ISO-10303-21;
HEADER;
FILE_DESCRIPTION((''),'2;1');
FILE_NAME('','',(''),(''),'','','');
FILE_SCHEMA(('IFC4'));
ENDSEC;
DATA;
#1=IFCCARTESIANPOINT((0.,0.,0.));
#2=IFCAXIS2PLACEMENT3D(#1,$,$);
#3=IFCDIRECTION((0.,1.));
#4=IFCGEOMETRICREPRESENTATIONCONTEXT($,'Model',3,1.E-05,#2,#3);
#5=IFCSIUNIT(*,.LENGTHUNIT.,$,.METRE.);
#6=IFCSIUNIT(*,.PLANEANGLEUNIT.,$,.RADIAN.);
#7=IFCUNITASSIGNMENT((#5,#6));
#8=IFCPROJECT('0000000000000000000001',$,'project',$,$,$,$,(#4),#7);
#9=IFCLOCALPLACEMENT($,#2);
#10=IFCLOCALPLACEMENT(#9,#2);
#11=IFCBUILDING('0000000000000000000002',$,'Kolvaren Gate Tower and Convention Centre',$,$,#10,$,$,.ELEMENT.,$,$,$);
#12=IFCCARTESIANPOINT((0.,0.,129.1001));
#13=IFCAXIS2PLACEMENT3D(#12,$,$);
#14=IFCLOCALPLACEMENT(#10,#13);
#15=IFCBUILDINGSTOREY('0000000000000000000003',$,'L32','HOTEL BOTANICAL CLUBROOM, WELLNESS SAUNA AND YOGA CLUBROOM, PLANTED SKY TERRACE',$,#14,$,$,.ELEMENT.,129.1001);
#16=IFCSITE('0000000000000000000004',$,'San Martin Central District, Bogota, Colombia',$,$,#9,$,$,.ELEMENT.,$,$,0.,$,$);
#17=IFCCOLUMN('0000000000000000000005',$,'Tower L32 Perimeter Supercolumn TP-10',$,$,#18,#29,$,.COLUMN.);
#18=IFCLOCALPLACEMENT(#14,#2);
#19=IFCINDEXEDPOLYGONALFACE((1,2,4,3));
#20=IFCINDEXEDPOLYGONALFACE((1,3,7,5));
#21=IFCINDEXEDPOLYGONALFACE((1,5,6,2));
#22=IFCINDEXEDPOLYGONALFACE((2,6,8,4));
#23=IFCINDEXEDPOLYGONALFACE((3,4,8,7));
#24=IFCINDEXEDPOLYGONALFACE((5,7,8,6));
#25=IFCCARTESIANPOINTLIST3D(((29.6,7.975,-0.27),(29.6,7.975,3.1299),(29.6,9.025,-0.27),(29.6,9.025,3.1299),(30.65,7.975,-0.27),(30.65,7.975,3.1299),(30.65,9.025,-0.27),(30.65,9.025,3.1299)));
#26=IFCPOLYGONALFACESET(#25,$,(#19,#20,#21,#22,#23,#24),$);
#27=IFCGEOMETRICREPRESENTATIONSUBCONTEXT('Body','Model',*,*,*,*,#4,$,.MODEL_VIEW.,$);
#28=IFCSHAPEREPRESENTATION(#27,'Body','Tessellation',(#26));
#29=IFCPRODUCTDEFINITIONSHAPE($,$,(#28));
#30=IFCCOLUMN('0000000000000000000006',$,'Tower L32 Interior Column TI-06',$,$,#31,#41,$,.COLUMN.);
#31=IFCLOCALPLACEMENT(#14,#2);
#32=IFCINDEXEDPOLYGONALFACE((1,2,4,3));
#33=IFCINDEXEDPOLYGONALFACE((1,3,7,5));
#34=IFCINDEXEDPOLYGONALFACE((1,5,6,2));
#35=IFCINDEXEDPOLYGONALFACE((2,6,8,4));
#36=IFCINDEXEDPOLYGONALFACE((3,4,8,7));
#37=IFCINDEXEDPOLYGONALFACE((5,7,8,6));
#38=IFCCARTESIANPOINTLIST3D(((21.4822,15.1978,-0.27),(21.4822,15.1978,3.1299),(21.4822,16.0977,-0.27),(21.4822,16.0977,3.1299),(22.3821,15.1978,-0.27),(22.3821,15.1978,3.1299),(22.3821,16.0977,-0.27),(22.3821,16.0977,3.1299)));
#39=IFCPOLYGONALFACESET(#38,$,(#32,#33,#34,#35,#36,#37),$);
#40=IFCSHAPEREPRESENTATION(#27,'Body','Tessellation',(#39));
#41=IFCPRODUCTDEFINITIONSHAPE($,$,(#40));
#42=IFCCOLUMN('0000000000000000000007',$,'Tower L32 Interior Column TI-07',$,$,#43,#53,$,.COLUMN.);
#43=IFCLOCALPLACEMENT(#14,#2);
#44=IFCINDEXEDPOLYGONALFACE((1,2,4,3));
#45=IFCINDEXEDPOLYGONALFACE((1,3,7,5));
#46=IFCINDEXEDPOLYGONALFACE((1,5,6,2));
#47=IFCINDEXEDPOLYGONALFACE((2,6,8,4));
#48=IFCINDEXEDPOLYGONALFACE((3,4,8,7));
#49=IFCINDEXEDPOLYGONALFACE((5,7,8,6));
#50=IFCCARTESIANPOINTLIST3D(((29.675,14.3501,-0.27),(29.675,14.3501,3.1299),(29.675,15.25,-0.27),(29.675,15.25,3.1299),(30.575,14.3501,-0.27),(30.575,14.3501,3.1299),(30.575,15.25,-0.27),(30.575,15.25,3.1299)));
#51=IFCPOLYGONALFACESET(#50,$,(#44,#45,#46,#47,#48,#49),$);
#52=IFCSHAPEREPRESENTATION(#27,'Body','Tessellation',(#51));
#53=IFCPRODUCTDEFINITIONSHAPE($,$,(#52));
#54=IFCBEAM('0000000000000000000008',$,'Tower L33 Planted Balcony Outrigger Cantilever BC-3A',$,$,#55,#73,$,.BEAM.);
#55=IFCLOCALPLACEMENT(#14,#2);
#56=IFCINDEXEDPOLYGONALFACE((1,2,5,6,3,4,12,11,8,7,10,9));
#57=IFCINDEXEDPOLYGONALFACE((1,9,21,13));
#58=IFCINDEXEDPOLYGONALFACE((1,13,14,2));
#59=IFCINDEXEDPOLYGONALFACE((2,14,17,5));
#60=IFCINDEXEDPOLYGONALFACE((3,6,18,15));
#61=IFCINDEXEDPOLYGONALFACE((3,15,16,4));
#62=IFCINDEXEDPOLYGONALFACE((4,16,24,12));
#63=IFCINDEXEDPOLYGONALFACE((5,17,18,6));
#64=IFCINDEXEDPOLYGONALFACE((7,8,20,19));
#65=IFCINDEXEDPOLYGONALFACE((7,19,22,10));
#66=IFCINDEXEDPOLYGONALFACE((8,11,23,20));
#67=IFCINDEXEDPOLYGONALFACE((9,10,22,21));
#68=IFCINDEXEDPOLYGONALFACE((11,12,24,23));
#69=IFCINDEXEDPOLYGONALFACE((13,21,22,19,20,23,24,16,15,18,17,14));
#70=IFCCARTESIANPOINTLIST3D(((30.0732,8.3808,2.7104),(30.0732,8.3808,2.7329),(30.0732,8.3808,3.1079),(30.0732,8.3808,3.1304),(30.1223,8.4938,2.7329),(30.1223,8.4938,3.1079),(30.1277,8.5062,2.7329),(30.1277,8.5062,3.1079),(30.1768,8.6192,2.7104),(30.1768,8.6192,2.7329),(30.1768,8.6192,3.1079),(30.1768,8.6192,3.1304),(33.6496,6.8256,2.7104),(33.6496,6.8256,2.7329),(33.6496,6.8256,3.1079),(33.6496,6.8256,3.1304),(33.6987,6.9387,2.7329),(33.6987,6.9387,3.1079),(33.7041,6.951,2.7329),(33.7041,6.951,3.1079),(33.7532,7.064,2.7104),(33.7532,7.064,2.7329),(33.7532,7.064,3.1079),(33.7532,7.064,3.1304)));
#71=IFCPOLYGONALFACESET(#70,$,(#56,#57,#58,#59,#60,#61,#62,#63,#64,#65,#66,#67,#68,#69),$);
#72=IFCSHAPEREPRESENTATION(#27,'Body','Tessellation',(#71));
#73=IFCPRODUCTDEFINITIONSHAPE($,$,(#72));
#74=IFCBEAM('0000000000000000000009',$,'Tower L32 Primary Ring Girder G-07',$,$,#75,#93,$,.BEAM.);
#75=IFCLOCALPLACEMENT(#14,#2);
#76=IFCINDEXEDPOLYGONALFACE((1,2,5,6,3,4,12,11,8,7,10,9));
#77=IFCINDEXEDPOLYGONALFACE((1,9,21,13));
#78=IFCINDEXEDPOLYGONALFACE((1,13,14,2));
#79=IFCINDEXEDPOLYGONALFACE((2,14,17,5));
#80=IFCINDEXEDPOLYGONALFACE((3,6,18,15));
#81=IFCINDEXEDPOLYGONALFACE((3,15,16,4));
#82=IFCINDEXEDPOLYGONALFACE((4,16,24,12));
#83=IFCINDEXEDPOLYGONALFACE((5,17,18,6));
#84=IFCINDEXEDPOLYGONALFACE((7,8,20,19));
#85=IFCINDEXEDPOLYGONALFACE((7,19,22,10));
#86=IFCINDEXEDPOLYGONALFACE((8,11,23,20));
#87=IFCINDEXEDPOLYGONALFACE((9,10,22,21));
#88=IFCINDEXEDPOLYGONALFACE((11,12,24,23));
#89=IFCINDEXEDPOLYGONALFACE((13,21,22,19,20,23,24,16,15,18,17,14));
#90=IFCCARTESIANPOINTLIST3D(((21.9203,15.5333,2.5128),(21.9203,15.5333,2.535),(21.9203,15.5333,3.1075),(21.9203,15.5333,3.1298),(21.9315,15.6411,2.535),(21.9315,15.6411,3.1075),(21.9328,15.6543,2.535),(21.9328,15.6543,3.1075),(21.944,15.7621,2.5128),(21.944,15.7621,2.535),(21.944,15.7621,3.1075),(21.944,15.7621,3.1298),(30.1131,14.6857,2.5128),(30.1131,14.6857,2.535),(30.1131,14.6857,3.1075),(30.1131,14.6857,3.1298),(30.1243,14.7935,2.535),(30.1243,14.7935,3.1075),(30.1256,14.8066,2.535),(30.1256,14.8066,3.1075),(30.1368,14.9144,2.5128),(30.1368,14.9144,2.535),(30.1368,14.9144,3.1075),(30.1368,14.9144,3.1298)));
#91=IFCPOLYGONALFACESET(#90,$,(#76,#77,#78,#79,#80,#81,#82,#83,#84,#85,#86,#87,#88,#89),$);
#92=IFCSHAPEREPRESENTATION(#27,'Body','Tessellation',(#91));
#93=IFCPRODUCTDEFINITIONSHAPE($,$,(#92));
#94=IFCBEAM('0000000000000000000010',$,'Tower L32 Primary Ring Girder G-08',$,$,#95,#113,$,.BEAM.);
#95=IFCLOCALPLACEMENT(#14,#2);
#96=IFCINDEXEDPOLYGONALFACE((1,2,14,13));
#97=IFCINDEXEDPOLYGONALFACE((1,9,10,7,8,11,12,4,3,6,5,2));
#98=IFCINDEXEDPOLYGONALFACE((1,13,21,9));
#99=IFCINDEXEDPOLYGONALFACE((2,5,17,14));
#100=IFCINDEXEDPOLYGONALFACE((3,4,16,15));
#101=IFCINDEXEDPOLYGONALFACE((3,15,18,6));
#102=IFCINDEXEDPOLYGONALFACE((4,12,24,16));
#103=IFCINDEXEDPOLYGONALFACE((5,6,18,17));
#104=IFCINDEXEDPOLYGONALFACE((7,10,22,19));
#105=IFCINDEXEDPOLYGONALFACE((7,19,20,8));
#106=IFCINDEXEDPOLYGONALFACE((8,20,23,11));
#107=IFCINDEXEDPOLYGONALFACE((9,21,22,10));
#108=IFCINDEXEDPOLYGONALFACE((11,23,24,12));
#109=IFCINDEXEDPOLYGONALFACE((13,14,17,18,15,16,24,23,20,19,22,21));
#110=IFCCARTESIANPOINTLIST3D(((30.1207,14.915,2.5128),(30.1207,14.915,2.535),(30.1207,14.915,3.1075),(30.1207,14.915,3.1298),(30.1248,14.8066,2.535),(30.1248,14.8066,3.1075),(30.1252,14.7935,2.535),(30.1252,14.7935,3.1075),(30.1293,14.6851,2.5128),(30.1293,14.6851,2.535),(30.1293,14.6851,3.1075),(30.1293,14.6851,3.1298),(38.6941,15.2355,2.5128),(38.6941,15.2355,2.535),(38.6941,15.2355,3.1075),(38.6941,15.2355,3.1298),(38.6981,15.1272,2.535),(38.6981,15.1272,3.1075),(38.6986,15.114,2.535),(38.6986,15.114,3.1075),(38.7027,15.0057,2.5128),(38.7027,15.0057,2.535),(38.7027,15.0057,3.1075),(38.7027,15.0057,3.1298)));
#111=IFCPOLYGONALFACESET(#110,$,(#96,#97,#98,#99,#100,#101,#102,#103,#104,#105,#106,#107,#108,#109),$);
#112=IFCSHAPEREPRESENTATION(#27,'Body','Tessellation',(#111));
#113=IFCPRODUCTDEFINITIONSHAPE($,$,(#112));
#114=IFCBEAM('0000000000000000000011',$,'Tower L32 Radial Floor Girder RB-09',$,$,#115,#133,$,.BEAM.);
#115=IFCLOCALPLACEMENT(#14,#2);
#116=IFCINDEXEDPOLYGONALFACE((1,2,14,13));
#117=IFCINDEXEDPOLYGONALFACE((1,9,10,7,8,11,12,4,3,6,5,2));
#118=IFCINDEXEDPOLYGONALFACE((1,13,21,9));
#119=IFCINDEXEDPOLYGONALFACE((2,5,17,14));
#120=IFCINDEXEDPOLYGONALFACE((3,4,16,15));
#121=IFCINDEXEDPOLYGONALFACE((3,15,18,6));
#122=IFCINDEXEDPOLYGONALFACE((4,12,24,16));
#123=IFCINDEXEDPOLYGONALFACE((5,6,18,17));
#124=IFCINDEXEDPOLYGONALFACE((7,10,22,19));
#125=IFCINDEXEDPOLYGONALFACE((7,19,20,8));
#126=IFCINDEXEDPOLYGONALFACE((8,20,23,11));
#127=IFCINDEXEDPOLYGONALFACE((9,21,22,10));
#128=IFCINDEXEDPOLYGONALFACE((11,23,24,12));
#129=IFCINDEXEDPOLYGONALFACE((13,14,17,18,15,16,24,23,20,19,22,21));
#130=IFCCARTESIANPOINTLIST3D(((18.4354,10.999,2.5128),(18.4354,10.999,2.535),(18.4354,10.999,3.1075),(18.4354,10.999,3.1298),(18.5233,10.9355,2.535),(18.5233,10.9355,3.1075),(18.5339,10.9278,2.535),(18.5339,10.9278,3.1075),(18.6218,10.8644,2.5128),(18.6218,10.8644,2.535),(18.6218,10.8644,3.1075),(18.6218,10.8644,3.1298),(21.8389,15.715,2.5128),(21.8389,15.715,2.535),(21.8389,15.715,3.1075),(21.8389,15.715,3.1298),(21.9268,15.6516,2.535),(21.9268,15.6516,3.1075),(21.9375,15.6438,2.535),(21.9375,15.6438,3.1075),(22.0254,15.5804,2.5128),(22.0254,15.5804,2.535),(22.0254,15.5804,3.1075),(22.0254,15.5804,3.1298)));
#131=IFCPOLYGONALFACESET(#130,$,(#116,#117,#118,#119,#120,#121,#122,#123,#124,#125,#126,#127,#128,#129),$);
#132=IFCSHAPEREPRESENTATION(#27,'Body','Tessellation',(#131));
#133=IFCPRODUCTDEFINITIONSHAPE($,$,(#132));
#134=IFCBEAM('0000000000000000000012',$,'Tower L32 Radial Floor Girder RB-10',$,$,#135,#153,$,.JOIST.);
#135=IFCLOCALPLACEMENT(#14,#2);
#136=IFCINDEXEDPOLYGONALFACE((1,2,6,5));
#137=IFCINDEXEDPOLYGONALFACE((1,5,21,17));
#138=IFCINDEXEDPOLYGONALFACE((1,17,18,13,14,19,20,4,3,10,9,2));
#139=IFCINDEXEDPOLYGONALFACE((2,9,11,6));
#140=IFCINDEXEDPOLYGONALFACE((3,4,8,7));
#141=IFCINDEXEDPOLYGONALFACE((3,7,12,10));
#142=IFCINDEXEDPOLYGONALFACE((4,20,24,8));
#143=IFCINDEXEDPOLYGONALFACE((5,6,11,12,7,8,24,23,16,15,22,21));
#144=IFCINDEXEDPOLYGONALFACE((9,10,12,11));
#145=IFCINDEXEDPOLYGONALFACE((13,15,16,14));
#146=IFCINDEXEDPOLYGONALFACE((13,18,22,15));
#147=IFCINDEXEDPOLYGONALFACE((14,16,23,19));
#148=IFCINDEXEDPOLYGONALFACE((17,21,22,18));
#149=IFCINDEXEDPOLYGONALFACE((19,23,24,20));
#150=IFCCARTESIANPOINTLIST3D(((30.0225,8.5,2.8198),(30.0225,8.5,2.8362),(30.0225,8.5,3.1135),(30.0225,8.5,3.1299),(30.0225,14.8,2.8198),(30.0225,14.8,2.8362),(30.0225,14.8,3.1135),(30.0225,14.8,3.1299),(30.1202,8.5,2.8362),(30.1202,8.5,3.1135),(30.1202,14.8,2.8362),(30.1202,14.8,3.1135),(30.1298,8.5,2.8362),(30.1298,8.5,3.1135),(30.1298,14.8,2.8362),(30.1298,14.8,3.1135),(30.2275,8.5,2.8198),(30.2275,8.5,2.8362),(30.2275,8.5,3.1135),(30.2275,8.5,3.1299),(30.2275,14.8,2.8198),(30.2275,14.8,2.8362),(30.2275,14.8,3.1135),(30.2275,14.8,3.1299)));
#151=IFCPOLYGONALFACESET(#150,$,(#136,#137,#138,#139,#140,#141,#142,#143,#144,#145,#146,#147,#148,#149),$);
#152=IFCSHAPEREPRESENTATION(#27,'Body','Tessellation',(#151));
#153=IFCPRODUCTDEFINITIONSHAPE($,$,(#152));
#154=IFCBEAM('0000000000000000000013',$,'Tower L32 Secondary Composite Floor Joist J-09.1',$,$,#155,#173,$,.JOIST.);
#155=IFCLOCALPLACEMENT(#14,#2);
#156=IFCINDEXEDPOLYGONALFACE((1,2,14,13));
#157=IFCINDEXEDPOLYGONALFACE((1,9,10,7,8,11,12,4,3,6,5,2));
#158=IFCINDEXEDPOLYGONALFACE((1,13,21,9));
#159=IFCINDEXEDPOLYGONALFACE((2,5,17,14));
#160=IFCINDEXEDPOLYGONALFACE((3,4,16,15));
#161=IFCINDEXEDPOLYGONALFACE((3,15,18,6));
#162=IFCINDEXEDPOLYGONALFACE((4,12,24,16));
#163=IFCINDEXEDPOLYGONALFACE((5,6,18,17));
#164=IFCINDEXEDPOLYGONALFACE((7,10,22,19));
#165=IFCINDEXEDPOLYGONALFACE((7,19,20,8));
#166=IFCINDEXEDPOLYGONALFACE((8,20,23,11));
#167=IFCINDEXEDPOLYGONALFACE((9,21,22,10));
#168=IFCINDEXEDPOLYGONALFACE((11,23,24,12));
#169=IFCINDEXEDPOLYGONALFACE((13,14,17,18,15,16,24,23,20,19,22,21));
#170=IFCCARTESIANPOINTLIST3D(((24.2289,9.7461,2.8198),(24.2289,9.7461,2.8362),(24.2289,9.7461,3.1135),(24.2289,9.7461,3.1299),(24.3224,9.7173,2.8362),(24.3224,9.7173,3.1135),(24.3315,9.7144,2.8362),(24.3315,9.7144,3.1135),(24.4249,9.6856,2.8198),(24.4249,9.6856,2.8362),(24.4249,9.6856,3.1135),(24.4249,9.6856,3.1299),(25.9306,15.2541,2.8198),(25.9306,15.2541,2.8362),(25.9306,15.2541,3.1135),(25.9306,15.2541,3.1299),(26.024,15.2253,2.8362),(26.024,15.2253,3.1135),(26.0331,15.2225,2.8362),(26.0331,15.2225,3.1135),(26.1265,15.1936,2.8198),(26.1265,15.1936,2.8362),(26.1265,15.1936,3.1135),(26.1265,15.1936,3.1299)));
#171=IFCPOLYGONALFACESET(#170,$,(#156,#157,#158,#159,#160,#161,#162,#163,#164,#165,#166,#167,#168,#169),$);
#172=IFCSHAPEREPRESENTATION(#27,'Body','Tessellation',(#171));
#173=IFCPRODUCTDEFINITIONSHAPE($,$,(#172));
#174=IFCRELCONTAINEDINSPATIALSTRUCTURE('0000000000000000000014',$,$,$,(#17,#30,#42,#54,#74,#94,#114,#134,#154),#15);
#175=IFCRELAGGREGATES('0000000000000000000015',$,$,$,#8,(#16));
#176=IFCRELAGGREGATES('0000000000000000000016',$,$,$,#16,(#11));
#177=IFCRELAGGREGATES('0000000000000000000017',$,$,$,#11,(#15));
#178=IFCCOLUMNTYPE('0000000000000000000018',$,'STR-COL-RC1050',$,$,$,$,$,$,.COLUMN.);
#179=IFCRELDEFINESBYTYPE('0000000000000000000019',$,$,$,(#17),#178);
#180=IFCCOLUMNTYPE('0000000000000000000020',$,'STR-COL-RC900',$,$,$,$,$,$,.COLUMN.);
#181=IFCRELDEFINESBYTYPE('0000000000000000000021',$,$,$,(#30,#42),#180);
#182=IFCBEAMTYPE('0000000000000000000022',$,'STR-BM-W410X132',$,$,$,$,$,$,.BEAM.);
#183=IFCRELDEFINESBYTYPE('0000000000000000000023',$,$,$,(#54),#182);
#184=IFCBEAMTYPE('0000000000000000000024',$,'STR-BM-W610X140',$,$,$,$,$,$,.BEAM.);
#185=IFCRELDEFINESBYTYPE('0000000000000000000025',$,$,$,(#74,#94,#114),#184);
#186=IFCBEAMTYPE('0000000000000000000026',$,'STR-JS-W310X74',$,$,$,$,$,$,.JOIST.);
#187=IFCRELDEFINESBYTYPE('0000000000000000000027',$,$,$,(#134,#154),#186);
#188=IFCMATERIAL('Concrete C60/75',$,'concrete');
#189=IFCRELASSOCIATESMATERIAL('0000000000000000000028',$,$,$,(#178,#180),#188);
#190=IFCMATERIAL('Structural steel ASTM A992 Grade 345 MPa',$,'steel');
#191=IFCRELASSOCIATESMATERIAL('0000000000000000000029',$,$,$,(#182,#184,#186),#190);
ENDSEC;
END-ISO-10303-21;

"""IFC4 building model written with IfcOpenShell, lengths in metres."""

from ifc_helpers import new_model, si_unit, direction, frame, origin, origin_2d, place, context, subcontext, project, spatial, rectangle, i_section, extrude, material, material_profile, profile_set, type_object, element, save


model = new_model("IFC4")

# Units and contexts
model_context = context("Model", 3, precision=1e-05, world=origin(), true_north=direction((0.0, 1.0)))
body_context = subcontext(model_context, "Body", "Model", "MODEL_VIEW")
ifc_project = project(units=[si_unit("LENGTHUNIT", "METRE"), si_unit("PLANEANGLEUNIT", "RADIAN")], contexts=[model_context])

# Site, building, storey
site_placement = place(None, origin())
site = spatial("IfcSite", under=ifc_project, at=site_placement, Name="San Martin Central District, Bogota, Colombia", CompositionType="ELEMENT", RefElevation=0.0)
building_placement = place(site_placement, origin())
building = spatial("IfcBuilding", under=site, at=building_placement, Name="Kolvaren Gate Tower and Convention Centre", CompositionType="ELEMENT")
storey_placement = place(building_placement, frame((0.0, 0.0, 129.1001)))
storey = spatial("IfcBuildingStorey", under=building, at=storey_placement, Name="L32", Description="HOTEL BOTANICAL CLUBROOM, WELLNESS SAUNA AND YOGA CLUBROOM, PLANTED SKY TERRACE", CompositionType="ELEMENT", Elevation=129.1001)

# Columns
ifc_material_1 = material(Name="Concrete C60/75", Category="concrete")
ifc_material_profile_1 = material_profile(ifc_material_1, rectangle(XDim=1.05, YDim=1.05, at=origin_2d()), Name="RC-COL-1050X1050")
ifc_profile_set_1 = profile_set([ifc_material_profile_1], Name="Concrete C60/75")
column_type_1 = type_object("IfcColumnType", Name="STR-COL-RC1050", PredefinedType="COLUMN", material=ifc_profile_set_1)
column_placement = place(storey_placement, frame((30.125, 8.5, -0.27), z_axis=(0.0, 0.0, 1.0), x_axis=(1.0, 0.0, 0.0)))
element("IfcColumn", 1, at=column_placement, inside=storey, type_object=column_type_1, Name="Tower L32 Perimeter Supercolumn TP-10", PredefinedType="COLUMN", context=body_context, shape_type="SweptSolid", body=[
    extrude(rectangle(XDim=1.05, YDim=1.05, at=origin_2d()), origin(), (0.0, 0.0, 1.0), 3.3999),
])
ifc_material_profile_2 = material_profile(ifc_material_1, rectangle(XDim=0.8999, YDim=0.8999, at=origin_2d()), Name="RC-COL-900X900")
ifc_profile_set_2 = profile_set([ifc_material_profile_2], Name="Concrete C60/75")
column_type_2 = type_object("IfcColumnType", Name="STR-COL-RC900", PredefinedType="COLUMN", material=ifc_profile_set_2)
for number, where, z_axis, x_axis, name in (
    (2, (21.9321, 15.6477, -0.27), (0.0, 0.0, 1.0), (1.0, 0.0, 0.0), "Tower L32 Interior Column TI-06"),
    (3, (30.125, 14.8, -0.27), (0.0, 0.0, 1.0), (1.0, 0.0, 0.0), "Tower L32 Interior Column TI-07"),
):
    element("IfcColumn", number, at=place(storey_placement, frame(where, z_axis=z_axis, x_axis=x_axis)), inside=storey, type_object=column_type_2, Name=name, PredefinedType="COLUMN", context=body_context, shape_type="SweptSolid", body=[
        extrude(rectangle(XDim=0.8999, YDim=0.8999, at=origin_2d()), origin(), (0.0, 0.0, 1.0), 3.3999),
    ])

# Beams
ifc_material_2 = material(Name="Structural steel ASTM A992 Grade 345 MPa", Category="steel")
ifc_material_profile_3 = material_profile(ifc_material_2, i_section(OverallWidth=0.26, OverallDepth=0.4199, WebThickness=0.0134, FlangeThickness=0.0225, at=origin_2d()), Name="W410X132")
ifc_profile_set_3 = profile_set([ifc_material_profile_3], Name="Structural steel ASTM A992 Grade 345 MPa")
beam_type_1 = type_object("IfcBeamType", Name="STR-BM-W410X132", PredefinedType="BEAM", material=ifc_profile_set_3)
beam_1_placement = place(storey_placement, frame((30.125, 8.5, 2.9204), z_axis=(0.91705, -0.398772, 0.0), x_axis=(0.398772, 0.91705, 0.0)))
element("IfcBeam", 4, at=beam_1_placement, inside=storey, type_object=beam_type_1, Name="Tower L33 Planted Balcony Outrigger Cantilever BC-3A", PredefinedType="BEAM", context=body_context, shape_type="SweptSolid", body=[
    extrude(i_section(OverallWidth=0.26, OverallDepth=0.4199, WebThickness=0.0134, FlangeThickness=0.0225, at=origin_2d()), origin(), (0.0, 0.0, 1.0), 3.8999),
])
ifc_material_profile_4 = material_profile(ifc_material_2, i_section(OverallWidth=0.23, OverallDepth=0.6169, WebThickness=0.0132, FlangeThickness=0.0222, at=origin_2d()), Name="W610X140")
ifc_profile_set_4 = profile_set([ifc_material_profile_4], Name="Structural steel ASTM A992 Grade 345 MPa")
beam_type_2 = type_object("IfcBeamType", Name="STR-BM-W610X140", PredefinedType="BEAM", material=ifc_profile_set_4)
beam_2_placement = place(storey_placement, frame((21.9321, 15.6477, 2.8213), z_axis=(0.99469, -0.102913, 0.0), x_axis=(0.102913, 0.99469, 0.0)))
element("IfcBeam", 5, at=beam_2_placement, inside=storey, type_object=beam_type_2, Name="Tower L32 Primary Ring Girder G-07", PredefinedType="BEAM", context=body_context, shape_type="SweptSolid", body=[
    extrude(i_section(OverallWidth=0.23, OverallDepth=0.6169, WebThickness=0.0132, FlangeThickness=0.0222, at=origin_2d()), origin(), (0.0, 0.0, 1.0), 8.2366),
])
beam_3_placement = place(storey_placement, frame((30.125, 14.8, 2.8213), z_axis=(0.999302, 0.037364, 0.0), x_axis=(-0.037364, 0.999302, 0.0)))
element("IfcBeam", 6, at=beam_3_placement, inside=storey, type_object=beam_type_2, Name="Tower L32 Primary Ring Girder G-08", PredefinedType="BEAM", context=body_context, shape_type="SweptSolid", body=[
    extrude(i_section(OverallWidth=0.23, OverallDepth=0.6169, WebThickness=0.0132, FlangeThickness=0.0222, at=origin_2d()), origin(), (0.0, 0.0, 1.0), 8.5793),
])
beam_4_placement = place(storey_placement, frame((21.9321, 15.6477, 2.8213), z_axis=(-0.58521, -0.810882, 0.0), x_axis=(0.810882, -0.58521, 0.0)))
element("IfcBeam", 7, at=beam_4_placement, inside=storey, type_object=beam_type_2, Name="Tower L32 Radial Floor Girder RB-09", PredefinedType="BEAM", context=body_context, shape_type="SweptSolid", body=[
    extrude(i_section(OverallWidth=0.23, OverallDepth=0.6169, WebThickness=0.0132, FlangeThickness=0.0222, at=origin_2d()), origin(), (0.0, 0.0, 1.0), 5.8159),
])
ifc_material_profile_5 = material_profile(ifc_material_2, i_section(OverallWidth=0.2051, OverallDepth=0.3101, WebThickness=0.0095, FlangeThickness=0.0164, at=origin_2d()), Name="W310X74")
ifc_profile_set_5 = profile_set([ifc_material_profile_5], Name="Structural steel ASTM A992 Grade 345 MPa")
beam_type_3 = type_object("IfcBeamType", Name="STR-JS-W310X74", PredefinedType="JOIST", material=ifc_profile_set_5)
beam_5_placement = place(storey_placement, frame((30.125, 14.8, 2.9749), z_axis=(0.0, -1.0, 0.0), x_axis=(1.0, 0.0, 0.0)))
element("IfcBeam", 8, at=beam_5_placement, inside=storey, type_object=beam_type_3, Name="Tower L32 Radial Floor Girder RB-10", PredefinedType="JOIST", context=body_context, shape_type="SweptSolid", body=[
    extrude(i_section(OverallWidth=0.2051, OverallDepth=0.3101, WebThickness=0.0095, FlangeThickness=0.0164, at=origin_2d()), origin(), (0.0, 0.0, 1.0), 6.3),
])
beam_6_placement = place(storey_placement, frame((26.0286, 15.2239, 2.9749), z_axis=(-0.295175, -0.955443, 0.0), x_axis=(0.955443, -0.295175, 0.0)))
element("IfcBeam", 9, at=beam_6_placement, inside=storey, type_object=beam_type_3, Name="Tower L32 Secondary Composite Floor Joist J-09.1", PredefinedType="JOIST", context=body_context, shape_type="SweptSolid", body=[
    extrude(i_section(OverallWidth=0.2051, OverallDepth=0.3101, WebThickness=0.0095, FlangeThickness=0.0164, at=origin_2d()), origin(), (0.0, 0.0, 1.0), 5.7649),
])

save(model, "model.ifc")
